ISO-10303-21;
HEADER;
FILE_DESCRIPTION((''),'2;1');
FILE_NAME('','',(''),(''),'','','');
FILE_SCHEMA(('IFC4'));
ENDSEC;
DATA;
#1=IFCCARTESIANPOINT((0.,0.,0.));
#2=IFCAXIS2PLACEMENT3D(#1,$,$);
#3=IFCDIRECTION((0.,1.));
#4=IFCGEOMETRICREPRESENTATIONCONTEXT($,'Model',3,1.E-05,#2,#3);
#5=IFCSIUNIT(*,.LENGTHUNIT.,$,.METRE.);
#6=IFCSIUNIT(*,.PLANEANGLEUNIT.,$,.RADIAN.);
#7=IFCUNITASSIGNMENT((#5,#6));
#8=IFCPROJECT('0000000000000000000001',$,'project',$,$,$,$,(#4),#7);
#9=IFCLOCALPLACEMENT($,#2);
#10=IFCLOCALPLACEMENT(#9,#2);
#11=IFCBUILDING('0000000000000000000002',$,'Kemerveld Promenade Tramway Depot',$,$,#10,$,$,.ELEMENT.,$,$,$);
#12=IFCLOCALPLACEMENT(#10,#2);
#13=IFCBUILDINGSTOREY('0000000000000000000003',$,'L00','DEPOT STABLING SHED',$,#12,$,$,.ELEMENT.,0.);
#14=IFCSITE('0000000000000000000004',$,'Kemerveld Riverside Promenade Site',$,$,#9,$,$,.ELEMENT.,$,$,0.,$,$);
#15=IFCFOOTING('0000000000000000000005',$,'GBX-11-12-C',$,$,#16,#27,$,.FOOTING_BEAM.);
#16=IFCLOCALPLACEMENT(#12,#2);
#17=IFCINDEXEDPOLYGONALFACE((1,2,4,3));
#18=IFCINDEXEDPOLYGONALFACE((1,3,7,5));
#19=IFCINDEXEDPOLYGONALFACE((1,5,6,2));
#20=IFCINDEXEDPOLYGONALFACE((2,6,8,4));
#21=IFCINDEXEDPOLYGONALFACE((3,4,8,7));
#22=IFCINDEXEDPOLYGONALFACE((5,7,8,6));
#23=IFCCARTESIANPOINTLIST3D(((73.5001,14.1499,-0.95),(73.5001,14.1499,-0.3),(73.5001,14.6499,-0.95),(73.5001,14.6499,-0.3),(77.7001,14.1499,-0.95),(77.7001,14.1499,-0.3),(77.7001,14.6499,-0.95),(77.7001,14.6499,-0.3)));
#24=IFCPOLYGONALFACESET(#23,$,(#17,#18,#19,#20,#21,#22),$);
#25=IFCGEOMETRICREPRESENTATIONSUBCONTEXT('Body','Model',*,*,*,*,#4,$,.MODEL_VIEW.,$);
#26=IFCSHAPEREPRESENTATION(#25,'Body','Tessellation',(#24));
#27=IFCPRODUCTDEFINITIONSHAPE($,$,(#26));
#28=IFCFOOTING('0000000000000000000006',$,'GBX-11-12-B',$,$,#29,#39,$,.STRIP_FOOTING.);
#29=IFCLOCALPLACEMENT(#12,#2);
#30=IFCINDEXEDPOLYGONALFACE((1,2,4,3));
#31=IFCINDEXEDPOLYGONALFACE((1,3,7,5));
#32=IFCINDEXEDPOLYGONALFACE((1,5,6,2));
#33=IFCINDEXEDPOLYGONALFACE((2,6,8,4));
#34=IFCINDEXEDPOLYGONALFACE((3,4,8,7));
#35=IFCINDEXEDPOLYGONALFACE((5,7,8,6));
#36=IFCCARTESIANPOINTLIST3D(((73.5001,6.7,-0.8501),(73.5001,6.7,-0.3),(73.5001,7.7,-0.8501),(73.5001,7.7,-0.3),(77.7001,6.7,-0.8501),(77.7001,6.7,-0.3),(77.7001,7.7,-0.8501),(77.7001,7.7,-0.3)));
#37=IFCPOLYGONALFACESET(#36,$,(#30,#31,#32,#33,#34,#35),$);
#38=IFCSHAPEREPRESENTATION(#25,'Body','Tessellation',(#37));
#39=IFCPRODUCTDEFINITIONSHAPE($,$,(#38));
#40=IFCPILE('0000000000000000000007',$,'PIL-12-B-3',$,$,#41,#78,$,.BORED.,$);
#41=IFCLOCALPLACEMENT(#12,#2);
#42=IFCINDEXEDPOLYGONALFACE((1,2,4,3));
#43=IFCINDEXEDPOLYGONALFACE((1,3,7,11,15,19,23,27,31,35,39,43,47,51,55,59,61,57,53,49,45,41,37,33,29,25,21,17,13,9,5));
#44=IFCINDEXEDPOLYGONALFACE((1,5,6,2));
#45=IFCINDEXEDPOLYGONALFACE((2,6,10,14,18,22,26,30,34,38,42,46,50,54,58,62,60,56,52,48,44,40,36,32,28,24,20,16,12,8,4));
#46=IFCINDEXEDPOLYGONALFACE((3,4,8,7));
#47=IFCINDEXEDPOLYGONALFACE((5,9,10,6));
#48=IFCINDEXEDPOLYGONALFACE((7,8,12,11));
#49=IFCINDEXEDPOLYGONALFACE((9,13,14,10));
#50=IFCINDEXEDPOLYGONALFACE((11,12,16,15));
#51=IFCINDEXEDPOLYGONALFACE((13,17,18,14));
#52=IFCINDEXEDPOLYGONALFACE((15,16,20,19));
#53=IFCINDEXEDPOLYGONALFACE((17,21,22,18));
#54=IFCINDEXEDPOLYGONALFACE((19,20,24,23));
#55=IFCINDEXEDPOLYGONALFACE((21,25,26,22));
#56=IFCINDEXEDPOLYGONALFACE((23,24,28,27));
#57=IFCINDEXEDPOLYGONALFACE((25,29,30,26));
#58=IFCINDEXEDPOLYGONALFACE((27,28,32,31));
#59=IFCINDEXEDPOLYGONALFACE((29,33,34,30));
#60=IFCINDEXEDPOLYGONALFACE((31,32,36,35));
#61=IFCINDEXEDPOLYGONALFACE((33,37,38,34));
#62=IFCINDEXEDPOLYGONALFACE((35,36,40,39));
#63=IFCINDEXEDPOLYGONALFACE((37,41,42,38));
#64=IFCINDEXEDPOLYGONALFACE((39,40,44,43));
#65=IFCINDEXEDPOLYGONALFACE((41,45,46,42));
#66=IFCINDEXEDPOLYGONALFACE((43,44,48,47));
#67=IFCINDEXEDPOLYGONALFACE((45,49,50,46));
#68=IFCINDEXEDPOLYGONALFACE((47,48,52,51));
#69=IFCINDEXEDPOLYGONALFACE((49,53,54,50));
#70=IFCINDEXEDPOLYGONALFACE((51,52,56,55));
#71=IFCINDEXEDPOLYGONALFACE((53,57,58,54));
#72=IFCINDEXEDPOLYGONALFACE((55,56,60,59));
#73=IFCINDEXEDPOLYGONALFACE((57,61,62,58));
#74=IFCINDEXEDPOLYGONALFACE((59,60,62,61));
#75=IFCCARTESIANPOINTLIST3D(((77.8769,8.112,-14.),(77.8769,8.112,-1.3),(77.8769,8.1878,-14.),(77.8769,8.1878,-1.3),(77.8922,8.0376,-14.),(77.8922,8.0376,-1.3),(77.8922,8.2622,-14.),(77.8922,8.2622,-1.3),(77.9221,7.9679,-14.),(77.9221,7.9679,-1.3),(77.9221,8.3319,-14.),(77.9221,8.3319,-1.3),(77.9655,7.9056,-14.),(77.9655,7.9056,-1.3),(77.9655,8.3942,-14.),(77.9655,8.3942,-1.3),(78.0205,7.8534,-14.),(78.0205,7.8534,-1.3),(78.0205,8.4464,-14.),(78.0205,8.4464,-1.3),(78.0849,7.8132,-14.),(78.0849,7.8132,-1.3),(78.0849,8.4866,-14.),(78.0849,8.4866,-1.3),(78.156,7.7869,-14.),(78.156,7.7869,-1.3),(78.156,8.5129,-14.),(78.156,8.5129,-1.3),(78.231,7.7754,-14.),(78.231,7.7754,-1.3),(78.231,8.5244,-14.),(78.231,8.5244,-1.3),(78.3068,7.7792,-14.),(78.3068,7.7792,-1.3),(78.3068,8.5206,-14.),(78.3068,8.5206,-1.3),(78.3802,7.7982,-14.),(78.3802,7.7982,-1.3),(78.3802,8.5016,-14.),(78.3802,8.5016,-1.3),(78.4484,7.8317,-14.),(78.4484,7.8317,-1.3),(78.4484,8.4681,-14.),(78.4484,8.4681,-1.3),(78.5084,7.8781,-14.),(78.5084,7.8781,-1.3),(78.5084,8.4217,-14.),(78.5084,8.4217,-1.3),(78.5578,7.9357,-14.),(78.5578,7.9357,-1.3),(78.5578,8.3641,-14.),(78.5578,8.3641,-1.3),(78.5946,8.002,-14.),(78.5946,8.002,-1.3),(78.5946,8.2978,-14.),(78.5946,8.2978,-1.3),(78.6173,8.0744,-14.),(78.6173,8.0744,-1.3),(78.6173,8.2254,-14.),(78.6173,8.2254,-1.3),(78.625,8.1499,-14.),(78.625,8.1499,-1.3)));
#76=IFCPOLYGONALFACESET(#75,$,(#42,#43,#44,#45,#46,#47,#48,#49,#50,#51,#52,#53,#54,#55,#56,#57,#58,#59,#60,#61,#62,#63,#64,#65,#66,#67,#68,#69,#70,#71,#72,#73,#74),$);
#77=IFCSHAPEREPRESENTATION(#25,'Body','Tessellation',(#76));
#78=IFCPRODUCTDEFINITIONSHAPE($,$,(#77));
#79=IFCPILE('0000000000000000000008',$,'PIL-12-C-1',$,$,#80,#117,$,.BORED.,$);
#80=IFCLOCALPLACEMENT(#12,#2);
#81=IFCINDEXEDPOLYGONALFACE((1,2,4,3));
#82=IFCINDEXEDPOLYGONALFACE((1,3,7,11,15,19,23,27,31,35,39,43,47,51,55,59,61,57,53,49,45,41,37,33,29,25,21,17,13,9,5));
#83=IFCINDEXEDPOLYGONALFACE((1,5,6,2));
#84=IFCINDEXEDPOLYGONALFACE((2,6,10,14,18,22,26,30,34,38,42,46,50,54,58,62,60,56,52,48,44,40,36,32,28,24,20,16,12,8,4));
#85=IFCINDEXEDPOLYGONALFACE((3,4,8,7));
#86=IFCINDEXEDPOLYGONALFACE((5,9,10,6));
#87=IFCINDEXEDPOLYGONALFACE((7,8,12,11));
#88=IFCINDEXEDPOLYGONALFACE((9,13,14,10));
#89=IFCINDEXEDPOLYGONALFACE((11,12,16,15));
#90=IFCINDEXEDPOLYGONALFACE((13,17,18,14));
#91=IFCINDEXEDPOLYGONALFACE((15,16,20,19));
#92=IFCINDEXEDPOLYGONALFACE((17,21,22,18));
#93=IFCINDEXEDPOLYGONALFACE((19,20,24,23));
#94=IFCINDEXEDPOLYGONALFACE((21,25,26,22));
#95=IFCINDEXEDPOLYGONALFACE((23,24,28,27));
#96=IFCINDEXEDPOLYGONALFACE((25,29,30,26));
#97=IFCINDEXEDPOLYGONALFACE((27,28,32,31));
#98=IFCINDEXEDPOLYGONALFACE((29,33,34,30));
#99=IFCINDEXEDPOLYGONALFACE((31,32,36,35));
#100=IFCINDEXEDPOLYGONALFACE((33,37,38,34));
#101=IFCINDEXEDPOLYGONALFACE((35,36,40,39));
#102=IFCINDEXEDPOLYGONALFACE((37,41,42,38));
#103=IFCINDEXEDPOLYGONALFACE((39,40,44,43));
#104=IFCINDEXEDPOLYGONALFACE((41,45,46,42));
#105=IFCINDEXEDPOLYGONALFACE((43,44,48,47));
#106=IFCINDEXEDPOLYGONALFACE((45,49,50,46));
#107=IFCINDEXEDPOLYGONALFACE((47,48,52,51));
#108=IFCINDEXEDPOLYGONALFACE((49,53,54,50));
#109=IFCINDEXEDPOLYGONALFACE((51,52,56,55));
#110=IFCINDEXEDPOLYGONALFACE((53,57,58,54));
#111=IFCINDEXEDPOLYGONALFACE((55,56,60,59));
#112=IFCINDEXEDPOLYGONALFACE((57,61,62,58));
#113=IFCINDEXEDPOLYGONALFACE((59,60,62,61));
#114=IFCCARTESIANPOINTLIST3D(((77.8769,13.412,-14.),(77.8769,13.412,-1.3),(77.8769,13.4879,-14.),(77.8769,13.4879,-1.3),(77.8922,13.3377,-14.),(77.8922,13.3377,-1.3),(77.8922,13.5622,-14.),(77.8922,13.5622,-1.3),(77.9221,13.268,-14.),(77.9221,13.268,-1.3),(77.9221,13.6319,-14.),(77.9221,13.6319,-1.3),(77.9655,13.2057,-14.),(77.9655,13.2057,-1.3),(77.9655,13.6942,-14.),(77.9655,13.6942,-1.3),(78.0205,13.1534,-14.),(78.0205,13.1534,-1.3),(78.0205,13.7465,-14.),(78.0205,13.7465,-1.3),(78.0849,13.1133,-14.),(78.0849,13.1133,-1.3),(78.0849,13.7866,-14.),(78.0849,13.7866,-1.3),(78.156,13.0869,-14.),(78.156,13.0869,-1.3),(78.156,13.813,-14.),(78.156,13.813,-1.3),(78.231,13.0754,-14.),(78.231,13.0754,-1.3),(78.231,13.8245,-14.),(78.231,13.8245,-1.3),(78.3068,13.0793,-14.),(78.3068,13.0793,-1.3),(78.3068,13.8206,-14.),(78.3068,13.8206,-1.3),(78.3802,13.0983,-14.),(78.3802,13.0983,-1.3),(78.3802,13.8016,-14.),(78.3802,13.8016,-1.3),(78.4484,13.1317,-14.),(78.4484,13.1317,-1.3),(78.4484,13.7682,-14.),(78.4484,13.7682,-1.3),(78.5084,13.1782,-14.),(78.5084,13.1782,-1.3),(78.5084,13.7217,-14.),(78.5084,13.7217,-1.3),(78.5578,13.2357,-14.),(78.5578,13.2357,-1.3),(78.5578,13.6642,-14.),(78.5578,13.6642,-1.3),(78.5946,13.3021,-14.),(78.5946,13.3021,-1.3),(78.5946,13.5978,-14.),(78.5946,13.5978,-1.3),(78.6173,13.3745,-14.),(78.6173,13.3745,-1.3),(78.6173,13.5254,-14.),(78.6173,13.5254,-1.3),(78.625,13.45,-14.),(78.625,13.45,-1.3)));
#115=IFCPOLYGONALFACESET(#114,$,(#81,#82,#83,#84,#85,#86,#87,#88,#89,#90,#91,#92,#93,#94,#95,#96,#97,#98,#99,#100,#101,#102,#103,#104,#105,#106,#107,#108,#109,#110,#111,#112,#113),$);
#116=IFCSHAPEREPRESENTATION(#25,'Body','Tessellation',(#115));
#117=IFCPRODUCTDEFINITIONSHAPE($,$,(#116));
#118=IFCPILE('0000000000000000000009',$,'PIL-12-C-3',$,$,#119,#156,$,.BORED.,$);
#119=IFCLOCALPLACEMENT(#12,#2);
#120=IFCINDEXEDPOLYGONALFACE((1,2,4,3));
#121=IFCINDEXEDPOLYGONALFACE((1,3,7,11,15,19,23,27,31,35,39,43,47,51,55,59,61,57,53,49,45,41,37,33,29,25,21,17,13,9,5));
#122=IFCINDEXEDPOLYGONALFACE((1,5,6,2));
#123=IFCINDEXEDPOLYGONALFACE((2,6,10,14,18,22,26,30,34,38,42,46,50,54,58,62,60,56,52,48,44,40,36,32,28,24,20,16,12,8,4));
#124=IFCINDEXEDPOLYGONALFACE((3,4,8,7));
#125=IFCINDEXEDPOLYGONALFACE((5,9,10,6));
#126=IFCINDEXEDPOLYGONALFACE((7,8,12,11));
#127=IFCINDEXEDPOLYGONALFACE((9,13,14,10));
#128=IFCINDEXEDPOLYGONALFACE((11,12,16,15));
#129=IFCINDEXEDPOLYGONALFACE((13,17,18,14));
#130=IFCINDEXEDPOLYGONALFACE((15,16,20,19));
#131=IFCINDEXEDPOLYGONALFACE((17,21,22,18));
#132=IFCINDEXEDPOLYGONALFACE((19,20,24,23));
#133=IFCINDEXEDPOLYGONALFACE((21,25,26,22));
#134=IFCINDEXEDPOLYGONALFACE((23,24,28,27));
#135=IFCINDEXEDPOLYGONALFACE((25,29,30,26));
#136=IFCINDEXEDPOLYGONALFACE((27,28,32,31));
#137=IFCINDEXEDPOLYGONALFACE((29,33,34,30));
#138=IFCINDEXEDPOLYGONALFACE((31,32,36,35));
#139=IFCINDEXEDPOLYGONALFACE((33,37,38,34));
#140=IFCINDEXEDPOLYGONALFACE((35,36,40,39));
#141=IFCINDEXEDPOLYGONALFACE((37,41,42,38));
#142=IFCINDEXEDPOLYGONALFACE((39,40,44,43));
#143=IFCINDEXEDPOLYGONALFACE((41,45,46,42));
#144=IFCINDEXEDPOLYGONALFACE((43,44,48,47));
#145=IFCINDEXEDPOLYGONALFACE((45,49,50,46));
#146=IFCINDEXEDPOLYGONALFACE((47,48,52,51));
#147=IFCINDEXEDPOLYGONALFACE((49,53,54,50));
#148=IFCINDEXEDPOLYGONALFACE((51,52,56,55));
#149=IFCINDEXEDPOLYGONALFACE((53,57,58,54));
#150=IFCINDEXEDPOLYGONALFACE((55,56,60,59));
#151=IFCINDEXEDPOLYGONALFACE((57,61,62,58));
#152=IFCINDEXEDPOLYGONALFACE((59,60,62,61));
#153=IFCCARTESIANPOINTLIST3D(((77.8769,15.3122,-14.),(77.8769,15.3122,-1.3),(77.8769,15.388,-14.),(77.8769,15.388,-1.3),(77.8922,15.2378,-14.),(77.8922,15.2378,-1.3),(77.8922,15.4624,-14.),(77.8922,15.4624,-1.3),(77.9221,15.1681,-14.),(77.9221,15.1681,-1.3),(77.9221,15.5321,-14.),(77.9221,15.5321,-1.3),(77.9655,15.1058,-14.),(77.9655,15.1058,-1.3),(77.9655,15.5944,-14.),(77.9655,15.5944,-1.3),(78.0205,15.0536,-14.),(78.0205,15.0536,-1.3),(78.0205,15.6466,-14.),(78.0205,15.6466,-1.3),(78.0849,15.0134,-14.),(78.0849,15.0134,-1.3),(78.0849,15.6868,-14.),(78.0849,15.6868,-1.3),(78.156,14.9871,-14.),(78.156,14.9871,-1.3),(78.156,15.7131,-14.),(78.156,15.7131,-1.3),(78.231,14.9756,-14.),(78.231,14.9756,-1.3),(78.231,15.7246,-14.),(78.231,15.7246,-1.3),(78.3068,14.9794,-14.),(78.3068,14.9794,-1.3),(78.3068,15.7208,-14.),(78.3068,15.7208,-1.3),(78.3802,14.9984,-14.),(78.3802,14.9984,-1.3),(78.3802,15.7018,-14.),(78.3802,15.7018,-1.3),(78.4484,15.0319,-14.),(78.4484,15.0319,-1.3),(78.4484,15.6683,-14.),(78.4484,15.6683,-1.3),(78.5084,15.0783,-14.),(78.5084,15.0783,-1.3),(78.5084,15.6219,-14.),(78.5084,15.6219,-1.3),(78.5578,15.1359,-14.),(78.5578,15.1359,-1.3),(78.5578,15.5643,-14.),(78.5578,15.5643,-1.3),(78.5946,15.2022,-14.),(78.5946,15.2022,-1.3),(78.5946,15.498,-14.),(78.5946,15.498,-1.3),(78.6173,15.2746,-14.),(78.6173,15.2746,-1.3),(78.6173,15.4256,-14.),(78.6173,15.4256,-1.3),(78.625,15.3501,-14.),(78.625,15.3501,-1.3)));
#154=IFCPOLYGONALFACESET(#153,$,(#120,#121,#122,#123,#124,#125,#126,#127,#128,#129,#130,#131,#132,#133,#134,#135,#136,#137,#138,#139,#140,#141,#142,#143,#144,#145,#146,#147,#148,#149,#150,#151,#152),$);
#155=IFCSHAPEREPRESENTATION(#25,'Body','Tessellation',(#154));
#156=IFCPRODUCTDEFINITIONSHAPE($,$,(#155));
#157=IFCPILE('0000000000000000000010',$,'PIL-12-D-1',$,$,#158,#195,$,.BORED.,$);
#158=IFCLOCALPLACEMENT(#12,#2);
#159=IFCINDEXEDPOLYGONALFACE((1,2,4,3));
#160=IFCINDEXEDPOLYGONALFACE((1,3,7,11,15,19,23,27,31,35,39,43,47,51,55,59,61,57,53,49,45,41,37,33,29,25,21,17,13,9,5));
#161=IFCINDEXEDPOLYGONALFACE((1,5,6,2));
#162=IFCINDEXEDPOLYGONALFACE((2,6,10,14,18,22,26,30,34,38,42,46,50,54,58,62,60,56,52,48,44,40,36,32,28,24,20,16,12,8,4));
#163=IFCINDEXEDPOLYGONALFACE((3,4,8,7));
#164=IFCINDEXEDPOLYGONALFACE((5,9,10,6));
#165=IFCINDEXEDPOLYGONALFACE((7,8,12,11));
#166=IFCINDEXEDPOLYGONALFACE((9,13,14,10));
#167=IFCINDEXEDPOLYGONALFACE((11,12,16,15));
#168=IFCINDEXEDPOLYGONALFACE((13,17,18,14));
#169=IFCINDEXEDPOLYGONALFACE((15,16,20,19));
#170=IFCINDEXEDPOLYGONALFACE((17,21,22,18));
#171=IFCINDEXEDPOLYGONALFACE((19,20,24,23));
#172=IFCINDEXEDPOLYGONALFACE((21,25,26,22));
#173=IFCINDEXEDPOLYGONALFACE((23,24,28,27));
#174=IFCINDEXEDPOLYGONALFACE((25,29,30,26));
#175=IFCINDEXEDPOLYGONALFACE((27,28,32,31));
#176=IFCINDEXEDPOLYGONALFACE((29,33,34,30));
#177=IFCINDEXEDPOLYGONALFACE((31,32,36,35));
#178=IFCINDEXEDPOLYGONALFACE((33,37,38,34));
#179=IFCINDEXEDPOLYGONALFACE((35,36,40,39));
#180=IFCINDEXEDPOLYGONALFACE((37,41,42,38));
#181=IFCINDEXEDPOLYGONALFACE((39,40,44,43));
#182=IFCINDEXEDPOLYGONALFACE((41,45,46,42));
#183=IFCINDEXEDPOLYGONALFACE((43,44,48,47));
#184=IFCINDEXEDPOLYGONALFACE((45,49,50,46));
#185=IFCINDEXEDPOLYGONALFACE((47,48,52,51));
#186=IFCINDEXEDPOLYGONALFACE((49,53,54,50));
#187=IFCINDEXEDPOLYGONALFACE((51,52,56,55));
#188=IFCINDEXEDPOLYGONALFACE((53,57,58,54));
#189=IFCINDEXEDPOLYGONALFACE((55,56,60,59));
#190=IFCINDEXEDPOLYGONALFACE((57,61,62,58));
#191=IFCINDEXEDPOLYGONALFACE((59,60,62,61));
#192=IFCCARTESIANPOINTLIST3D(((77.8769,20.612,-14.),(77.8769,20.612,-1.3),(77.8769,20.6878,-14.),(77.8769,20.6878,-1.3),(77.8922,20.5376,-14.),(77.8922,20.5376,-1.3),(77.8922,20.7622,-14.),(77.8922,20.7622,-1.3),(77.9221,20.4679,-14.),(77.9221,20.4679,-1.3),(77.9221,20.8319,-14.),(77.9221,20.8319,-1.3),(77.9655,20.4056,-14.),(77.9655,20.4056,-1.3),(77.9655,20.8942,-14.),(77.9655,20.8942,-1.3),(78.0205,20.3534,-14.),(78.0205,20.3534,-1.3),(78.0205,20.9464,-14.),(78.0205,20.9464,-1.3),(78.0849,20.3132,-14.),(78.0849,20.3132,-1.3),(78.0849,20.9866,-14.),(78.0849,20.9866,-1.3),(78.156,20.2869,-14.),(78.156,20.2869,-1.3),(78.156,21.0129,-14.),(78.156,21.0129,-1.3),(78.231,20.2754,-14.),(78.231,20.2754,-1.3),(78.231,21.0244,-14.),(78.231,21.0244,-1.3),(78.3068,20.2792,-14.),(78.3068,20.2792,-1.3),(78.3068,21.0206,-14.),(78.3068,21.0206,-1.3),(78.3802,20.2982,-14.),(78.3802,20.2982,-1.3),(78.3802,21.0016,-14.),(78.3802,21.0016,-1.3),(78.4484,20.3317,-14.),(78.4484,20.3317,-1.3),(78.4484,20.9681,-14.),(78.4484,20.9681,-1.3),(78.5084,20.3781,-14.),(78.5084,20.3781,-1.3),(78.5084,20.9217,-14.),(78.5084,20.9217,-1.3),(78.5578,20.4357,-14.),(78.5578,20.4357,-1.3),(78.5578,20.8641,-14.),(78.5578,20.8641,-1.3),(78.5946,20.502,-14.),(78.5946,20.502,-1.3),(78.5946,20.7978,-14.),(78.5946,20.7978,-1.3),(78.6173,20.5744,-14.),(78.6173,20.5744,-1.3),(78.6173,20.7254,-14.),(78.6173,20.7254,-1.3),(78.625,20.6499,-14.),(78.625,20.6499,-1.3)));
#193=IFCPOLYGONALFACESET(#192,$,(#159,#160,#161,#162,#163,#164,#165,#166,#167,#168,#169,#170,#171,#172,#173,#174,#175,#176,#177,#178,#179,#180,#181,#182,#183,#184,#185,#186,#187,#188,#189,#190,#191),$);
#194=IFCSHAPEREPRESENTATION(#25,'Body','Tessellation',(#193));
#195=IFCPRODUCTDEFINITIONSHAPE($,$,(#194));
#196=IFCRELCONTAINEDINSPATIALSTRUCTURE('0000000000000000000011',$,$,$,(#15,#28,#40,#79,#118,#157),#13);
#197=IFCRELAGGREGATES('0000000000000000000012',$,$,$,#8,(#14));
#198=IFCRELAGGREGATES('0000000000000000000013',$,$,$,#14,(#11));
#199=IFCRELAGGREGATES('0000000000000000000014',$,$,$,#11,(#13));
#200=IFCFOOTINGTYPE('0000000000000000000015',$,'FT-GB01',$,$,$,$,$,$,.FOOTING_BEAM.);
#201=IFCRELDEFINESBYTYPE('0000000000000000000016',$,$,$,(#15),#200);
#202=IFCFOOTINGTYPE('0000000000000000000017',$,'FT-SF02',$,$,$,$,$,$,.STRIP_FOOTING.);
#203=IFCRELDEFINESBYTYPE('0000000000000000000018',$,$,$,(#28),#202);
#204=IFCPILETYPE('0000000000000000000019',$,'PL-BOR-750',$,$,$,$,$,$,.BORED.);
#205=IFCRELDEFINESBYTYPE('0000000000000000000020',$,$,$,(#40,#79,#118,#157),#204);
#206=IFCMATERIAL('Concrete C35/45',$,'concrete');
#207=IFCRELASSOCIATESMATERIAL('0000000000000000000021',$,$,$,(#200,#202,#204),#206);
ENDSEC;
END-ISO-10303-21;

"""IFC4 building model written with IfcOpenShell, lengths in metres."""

from ifc_helpers import new_model, si_unit, direction, frame, origin, origin_2d, place, context, subcontext, project, spatial, rectangle, circle, extrude, material, material_profile, profile_set, type_object, element, save


model = new_model("IFC4")

# Units and contexts
model_context = context("Model", 3, precision=1e-05, world=origin(), true_north=direction((0.0, 1.0)))
body_context = subcontext(model_context, "Body", "Model", "MODEL_VIEW")
ifc_project = project(units=[si_unit("LENGTHUNIT", "METRE"), si_unit("PLANEANGLEUNIT", "RADIAN")], contexts=[model_context])

# Site, building, storey
site_placement = place(None, origin())
site = spatial("IfcSite", under=ifc_project, at=site_placement, Name="Kemerveld Riverside Promenade Site", CompositionType="ELEMENT", RefElevation=0.0)
building_placement = place(site_placement, origin())
building = spatial("IfcBuilding", under=site, at=building_placement, Name="Kemerveld Promenade Tramway Depot", CompositionType="ELEMENT")
storey_placement = place(building_placement, origin())
storey = spatial("IfcBuildingStorey", under=building, at=storey_placement, Name="L00", Description="DEPOT STABLING SHED", CompositionType="ELEMENT", Elevation=0.0)

# Footings
ifc_material_1 = material(Name="Concrete C35/45", Category="concrete")
footing_type_1 = type_object("IfcFootingType", Name="FT-GB01", PredefinedType="FOOTING_BEAM", material=ifc_material_1)
footing_1_placement = place(storey_placement, frame((75.6001, 14.3999, -0.95), z_axis=(0.0, 0.0, 1.0), x_axis=(1.0, 0.0, 0.0)))
element("IfcFooting", 1, at=footing_1_placement, inside=storey, type_object=footing_type_1, Name="GBX-11-12-C", PredefinedType="FOOTING_BEAM", context=body_context, shape_type="SweptSolid", body=[
    extrude(rectangle(XDim=4.2, YDim=0.5, at=origin_2d()), origin(), (0.0, 0.0, 1.0), 0.6499),
])
footing_type_2 = type_object("IfcFootingType", Name="FT-SF02", PredefinedType="STRIP_FOOTING", material=ifc_material_1)
footing_2_placement = place(storey_placement, frame((75.6001, 7.2, -0.8501), z_axis=(0.0, 0.0, 1.0), x_axis=(1.0, 0.0, 0.0)))
element("IfcFooting", 2, at=footing_2_placement, inside=storey, type_object=footing_type_2, Name="GBX-11-12-B", PredefinedType="STRIP_FOOTING", context=body_context, shape_type="SweptSolid", body=[
    extrude(rectangle(XDim=4.2, YDim=1.0, at=origin_2d()), origin(), (0.0, 0.0, 1.0), 0.55),
])

# Piles
ifc_material_profile_1 = material_profile(ifc_material_1, circle(Radius=0.375, at=origin_2d()), Name="PILE-D750")
ifc_profile_set_1 = profile_set([ifc_material_profile_1], Name="Concrete C35/45")
pile_type = type_object("IfcPileType", Name="PL-BOR-750", PredefinedType="BORED", material=ifc_profile_set_1)
for number, where, z_axis, x_axis, name in (
    (3, (78.25, 8.1499, -1.3), (0.0, 0.0, -1.0), (1.0, 0.0, 0.0), "PIL-12-B-3"),
    (4, (78.25, 13.45, -1.3), (0.0, 0.0, -1.0), (1.0, 0.0, 0.0), "PIL-12-C-1"),
    (5, (78.25, 15.3501, -1.3), (0.0, 0.0, -1.0), (1.0, 0.0, 0.0), "PIL-12-C-3"),
    (6, (78.25, 20.6499, -1.3), (0.0, 0.0, -1.0), (1.0, 0.0, 0.0), "PIL-12-D-1"),
):
    element("IfcPile", number, at=place(storey_placement, frame(where, z_axis=z_axis, x_axis=x_axis)), inside=storey, type_object=pile_type, Name=name, PredefinedType="BORED", context=body_context, shape_type="SweptSolid", body=[
        extrude(circle(Radius=0.375, at=origin_2d()), origin(), (0.0, 0.0, 1.0), 12.7),
    ])

save(model, "model.ifc")
